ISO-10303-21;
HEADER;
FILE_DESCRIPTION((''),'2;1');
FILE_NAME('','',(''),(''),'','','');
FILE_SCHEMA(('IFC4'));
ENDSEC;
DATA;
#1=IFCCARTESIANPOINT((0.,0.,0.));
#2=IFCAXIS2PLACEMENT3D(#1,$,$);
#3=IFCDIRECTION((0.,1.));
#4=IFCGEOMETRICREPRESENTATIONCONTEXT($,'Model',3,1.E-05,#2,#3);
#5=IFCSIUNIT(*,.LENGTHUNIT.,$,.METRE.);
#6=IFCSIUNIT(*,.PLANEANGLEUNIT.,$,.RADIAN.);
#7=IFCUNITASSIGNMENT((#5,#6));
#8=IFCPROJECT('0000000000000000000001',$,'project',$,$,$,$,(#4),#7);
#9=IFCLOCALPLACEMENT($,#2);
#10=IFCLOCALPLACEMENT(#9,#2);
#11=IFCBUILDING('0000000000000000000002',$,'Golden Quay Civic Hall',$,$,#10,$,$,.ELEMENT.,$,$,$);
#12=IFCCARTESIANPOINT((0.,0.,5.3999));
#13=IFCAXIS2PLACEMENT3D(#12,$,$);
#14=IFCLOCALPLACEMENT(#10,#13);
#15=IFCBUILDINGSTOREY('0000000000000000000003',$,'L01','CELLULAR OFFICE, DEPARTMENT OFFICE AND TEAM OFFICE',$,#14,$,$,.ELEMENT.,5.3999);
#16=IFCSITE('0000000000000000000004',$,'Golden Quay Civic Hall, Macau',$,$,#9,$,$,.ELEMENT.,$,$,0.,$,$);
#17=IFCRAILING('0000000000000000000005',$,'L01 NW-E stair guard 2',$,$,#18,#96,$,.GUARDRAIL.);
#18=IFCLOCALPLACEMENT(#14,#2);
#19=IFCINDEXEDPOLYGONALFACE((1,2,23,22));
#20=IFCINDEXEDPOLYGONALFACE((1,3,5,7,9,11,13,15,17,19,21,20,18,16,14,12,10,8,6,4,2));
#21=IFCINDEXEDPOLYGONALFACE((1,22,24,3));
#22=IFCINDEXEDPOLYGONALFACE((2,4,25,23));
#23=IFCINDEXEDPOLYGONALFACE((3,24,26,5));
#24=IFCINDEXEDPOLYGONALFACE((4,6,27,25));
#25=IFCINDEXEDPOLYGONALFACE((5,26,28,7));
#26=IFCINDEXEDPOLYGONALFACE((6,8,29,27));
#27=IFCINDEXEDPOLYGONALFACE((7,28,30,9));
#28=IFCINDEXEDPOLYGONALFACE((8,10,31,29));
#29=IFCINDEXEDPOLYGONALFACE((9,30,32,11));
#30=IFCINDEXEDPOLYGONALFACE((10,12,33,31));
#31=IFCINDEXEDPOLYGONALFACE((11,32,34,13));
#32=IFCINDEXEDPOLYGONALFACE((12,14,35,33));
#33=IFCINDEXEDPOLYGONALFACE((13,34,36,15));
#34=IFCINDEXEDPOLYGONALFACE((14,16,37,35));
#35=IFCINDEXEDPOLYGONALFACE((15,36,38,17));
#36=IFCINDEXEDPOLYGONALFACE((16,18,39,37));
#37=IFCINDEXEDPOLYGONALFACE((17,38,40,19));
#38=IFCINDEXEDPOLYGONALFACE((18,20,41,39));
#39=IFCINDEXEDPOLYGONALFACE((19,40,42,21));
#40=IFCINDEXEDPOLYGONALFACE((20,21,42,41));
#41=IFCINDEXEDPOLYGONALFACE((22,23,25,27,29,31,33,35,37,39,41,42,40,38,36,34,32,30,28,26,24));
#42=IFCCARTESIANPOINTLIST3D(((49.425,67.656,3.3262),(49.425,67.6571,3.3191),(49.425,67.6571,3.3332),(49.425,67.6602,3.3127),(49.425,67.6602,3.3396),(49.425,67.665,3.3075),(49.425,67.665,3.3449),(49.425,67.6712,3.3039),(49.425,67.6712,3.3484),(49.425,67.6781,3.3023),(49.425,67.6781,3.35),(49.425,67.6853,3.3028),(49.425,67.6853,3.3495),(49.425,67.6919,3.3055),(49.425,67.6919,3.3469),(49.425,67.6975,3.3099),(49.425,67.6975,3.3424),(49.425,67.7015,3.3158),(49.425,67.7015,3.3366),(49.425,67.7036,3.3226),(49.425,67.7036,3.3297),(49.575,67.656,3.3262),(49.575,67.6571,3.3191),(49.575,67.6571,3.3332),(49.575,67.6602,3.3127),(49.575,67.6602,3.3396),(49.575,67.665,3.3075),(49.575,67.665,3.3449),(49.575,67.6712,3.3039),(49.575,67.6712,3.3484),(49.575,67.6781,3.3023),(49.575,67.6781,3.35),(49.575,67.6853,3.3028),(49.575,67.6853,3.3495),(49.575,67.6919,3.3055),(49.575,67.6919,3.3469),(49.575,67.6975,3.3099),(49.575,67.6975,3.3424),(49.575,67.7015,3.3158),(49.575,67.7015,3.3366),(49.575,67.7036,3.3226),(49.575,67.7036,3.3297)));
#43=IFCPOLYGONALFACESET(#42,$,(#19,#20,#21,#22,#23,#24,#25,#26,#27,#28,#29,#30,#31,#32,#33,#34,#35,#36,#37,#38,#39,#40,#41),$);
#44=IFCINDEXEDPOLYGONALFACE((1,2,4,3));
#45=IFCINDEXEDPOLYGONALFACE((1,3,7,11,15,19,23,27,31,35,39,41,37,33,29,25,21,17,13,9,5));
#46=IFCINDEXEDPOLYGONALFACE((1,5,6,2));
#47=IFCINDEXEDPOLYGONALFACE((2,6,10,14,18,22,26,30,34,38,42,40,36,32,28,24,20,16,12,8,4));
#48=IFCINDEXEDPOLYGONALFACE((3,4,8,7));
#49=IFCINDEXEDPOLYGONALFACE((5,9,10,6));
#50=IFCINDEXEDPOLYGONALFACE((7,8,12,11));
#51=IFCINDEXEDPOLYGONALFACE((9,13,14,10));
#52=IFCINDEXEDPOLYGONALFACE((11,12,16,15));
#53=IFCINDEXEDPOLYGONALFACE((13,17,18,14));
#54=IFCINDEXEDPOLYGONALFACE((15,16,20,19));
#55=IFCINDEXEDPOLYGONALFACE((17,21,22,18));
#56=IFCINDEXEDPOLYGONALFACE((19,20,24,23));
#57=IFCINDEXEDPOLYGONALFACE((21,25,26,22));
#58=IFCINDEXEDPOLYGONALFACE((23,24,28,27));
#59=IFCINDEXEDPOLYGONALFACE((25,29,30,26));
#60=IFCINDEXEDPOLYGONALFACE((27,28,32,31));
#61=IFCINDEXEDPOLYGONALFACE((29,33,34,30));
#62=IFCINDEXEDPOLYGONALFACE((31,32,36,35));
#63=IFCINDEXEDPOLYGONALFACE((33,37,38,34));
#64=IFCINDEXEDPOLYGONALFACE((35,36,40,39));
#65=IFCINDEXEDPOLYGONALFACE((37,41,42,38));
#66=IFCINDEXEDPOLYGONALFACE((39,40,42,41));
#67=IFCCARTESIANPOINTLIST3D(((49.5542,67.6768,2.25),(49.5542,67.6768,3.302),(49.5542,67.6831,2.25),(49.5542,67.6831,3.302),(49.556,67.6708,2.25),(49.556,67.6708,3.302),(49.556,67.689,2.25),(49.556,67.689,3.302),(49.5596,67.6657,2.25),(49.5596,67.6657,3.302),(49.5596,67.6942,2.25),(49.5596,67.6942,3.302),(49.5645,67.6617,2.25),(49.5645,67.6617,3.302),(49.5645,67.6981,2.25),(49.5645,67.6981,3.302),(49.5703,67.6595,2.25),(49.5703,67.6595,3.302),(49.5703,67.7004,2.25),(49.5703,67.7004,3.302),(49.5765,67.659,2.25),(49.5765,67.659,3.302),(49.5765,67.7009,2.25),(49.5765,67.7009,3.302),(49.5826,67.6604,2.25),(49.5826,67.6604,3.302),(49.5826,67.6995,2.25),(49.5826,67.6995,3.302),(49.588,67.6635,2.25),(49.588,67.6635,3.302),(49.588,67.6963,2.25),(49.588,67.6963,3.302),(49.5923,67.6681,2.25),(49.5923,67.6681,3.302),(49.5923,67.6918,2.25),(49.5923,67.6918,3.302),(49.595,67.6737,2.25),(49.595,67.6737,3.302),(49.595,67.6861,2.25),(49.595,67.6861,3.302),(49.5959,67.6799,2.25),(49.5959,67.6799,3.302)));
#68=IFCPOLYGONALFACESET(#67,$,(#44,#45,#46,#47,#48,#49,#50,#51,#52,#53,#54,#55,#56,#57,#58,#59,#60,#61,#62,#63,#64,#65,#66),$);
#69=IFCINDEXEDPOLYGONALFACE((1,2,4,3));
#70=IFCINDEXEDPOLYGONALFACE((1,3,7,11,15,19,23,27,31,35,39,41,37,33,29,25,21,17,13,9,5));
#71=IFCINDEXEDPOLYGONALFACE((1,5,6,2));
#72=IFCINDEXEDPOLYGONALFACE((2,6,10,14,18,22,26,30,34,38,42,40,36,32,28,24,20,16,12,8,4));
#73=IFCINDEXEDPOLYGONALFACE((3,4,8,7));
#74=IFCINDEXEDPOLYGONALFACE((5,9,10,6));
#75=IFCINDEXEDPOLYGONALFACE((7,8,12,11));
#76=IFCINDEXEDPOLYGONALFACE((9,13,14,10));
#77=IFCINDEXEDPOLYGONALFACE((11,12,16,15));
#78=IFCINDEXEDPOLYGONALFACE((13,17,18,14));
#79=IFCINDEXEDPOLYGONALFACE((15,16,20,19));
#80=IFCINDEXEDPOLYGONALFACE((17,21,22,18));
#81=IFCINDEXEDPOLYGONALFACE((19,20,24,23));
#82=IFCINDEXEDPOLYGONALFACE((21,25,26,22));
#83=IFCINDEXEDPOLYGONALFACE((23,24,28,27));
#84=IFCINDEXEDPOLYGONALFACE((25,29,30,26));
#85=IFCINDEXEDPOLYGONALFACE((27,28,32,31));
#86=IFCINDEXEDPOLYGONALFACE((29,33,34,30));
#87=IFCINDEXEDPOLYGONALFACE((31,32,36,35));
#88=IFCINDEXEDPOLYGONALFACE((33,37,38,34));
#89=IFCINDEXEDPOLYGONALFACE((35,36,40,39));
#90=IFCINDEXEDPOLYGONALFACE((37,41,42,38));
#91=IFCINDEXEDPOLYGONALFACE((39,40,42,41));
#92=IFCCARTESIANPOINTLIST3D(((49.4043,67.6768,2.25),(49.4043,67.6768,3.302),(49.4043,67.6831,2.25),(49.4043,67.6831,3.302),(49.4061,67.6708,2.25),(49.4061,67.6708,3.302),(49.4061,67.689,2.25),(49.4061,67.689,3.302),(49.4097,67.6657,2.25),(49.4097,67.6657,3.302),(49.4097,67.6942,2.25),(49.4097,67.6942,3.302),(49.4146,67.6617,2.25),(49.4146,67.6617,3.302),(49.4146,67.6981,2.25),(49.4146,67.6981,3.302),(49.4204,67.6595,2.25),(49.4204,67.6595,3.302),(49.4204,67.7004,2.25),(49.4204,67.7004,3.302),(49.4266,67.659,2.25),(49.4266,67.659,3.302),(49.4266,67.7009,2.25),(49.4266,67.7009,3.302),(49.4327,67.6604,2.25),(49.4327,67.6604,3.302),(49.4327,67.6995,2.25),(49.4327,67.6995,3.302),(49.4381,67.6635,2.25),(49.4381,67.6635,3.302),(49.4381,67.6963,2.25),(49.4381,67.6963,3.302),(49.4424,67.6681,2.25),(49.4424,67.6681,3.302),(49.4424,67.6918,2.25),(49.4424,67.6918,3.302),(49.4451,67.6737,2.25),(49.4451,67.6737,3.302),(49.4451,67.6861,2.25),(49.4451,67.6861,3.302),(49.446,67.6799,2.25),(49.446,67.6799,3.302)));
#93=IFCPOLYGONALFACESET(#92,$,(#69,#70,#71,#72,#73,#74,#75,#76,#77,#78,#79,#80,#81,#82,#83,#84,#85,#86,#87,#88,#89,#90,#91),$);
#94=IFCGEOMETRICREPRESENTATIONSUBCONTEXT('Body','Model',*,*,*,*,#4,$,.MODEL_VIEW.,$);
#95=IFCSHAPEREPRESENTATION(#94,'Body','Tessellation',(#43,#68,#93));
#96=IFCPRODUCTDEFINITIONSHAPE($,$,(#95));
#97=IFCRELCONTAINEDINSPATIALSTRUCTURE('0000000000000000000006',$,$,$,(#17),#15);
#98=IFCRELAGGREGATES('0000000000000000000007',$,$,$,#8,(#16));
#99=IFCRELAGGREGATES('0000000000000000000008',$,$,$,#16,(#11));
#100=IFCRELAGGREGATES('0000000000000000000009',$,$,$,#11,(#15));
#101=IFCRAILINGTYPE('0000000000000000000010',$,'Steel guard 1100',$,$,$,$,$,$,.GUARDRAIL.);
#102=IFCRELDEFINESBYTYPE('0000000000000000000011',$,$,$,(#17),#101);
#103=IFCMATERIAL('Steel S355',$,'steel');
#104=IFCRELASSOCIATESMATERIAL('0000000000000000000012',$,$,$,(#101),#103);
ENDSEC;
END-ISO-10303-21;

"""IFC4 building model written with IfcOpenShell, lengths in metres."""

from ifc_helpers import new_model, si_unit, direction, frame, origin, origin_2d, place, context, subcontext, project, spatial, circle, extrude, material, type_object, element, save


model = new_model("IFC4")

# Units and contexts
model_context = context("Model", 3, precision=1e-05, world=origin(), true_north=direction((0.0, 1.0)))
body_context = subcontext(model_context, "Body", "Model", "MODEL_VIEW")
ifc_project = project(units=[si_unit("LENGTHUNIT", "METRE"), si_unit("PLANEANGLEUNIT", "RADIAN")], contexts=[model_context])

# Site, building, storey
site_placement = place(None, origin())
site = spatial("IfcSite", under=ifc_project, at=site_placement, Name="Golden Quay Civic Hall, Macau", CompositionType="ELEMENT", RefElevation=0.0)
building_placement = place(site_placement, origin())
building = spatial("IfcBuilding", under=site, at=building_placement, Name="Golden Quay Civic Hall", CompositionType="ELEMENT")
storey_placement = place(building_placement, frame((0.0, 0.0, 5.3999)))
storey = spatial("IfcBuildingStorey", under=building, at=storey_placement, Name="L01", Description="CELLULAR OFFICE, DEPARTMENT OFFICE AND TEAM OFFICE", CompositionType="ELEMENT", Elevation=5.3999)

# Railing
ifc_material_1 = material(Name="Steel S355", Category="steel")
railing_type_1 = type_object("IfcRailingType", Name="Steel guard 1100", PredefinedType="GUARDRAIL", material=ifc_material_1)
railing_1_placement = place(storey_placement, frame((49.575, 67.6799, 2.25)))
element("IfcRailing", 1, at=railing_1_placement, inside=storey, type_object=railing_type_1, Name="L01 NW-E stair guard 2", PredefinedType="GUARDRAIL", context=body_context, shape_type="SweptSolid", body=[
    extrude(circle(Radius=0.0239, at=origin_2d()), frame((0.0, 0.0, 1.0762), z_axis=(-1.0, 0.0, 0.0), x_axis=(0.0, -1.0, 0.0)), (0.0, 0.0, 1.0), 0.1499),
    extrude(circle(Radius=0.021, at=origin_2d()), origin(), (0.0, 0.0, 1.0), 1.052),
    extrude(circle(Radius=0.021, at=origin_2d()), frame((-0.1499, 0.0, 0.0)), (0.0, 0.0, 1.0), 1.052),
])

save(model, "model.ifc")
